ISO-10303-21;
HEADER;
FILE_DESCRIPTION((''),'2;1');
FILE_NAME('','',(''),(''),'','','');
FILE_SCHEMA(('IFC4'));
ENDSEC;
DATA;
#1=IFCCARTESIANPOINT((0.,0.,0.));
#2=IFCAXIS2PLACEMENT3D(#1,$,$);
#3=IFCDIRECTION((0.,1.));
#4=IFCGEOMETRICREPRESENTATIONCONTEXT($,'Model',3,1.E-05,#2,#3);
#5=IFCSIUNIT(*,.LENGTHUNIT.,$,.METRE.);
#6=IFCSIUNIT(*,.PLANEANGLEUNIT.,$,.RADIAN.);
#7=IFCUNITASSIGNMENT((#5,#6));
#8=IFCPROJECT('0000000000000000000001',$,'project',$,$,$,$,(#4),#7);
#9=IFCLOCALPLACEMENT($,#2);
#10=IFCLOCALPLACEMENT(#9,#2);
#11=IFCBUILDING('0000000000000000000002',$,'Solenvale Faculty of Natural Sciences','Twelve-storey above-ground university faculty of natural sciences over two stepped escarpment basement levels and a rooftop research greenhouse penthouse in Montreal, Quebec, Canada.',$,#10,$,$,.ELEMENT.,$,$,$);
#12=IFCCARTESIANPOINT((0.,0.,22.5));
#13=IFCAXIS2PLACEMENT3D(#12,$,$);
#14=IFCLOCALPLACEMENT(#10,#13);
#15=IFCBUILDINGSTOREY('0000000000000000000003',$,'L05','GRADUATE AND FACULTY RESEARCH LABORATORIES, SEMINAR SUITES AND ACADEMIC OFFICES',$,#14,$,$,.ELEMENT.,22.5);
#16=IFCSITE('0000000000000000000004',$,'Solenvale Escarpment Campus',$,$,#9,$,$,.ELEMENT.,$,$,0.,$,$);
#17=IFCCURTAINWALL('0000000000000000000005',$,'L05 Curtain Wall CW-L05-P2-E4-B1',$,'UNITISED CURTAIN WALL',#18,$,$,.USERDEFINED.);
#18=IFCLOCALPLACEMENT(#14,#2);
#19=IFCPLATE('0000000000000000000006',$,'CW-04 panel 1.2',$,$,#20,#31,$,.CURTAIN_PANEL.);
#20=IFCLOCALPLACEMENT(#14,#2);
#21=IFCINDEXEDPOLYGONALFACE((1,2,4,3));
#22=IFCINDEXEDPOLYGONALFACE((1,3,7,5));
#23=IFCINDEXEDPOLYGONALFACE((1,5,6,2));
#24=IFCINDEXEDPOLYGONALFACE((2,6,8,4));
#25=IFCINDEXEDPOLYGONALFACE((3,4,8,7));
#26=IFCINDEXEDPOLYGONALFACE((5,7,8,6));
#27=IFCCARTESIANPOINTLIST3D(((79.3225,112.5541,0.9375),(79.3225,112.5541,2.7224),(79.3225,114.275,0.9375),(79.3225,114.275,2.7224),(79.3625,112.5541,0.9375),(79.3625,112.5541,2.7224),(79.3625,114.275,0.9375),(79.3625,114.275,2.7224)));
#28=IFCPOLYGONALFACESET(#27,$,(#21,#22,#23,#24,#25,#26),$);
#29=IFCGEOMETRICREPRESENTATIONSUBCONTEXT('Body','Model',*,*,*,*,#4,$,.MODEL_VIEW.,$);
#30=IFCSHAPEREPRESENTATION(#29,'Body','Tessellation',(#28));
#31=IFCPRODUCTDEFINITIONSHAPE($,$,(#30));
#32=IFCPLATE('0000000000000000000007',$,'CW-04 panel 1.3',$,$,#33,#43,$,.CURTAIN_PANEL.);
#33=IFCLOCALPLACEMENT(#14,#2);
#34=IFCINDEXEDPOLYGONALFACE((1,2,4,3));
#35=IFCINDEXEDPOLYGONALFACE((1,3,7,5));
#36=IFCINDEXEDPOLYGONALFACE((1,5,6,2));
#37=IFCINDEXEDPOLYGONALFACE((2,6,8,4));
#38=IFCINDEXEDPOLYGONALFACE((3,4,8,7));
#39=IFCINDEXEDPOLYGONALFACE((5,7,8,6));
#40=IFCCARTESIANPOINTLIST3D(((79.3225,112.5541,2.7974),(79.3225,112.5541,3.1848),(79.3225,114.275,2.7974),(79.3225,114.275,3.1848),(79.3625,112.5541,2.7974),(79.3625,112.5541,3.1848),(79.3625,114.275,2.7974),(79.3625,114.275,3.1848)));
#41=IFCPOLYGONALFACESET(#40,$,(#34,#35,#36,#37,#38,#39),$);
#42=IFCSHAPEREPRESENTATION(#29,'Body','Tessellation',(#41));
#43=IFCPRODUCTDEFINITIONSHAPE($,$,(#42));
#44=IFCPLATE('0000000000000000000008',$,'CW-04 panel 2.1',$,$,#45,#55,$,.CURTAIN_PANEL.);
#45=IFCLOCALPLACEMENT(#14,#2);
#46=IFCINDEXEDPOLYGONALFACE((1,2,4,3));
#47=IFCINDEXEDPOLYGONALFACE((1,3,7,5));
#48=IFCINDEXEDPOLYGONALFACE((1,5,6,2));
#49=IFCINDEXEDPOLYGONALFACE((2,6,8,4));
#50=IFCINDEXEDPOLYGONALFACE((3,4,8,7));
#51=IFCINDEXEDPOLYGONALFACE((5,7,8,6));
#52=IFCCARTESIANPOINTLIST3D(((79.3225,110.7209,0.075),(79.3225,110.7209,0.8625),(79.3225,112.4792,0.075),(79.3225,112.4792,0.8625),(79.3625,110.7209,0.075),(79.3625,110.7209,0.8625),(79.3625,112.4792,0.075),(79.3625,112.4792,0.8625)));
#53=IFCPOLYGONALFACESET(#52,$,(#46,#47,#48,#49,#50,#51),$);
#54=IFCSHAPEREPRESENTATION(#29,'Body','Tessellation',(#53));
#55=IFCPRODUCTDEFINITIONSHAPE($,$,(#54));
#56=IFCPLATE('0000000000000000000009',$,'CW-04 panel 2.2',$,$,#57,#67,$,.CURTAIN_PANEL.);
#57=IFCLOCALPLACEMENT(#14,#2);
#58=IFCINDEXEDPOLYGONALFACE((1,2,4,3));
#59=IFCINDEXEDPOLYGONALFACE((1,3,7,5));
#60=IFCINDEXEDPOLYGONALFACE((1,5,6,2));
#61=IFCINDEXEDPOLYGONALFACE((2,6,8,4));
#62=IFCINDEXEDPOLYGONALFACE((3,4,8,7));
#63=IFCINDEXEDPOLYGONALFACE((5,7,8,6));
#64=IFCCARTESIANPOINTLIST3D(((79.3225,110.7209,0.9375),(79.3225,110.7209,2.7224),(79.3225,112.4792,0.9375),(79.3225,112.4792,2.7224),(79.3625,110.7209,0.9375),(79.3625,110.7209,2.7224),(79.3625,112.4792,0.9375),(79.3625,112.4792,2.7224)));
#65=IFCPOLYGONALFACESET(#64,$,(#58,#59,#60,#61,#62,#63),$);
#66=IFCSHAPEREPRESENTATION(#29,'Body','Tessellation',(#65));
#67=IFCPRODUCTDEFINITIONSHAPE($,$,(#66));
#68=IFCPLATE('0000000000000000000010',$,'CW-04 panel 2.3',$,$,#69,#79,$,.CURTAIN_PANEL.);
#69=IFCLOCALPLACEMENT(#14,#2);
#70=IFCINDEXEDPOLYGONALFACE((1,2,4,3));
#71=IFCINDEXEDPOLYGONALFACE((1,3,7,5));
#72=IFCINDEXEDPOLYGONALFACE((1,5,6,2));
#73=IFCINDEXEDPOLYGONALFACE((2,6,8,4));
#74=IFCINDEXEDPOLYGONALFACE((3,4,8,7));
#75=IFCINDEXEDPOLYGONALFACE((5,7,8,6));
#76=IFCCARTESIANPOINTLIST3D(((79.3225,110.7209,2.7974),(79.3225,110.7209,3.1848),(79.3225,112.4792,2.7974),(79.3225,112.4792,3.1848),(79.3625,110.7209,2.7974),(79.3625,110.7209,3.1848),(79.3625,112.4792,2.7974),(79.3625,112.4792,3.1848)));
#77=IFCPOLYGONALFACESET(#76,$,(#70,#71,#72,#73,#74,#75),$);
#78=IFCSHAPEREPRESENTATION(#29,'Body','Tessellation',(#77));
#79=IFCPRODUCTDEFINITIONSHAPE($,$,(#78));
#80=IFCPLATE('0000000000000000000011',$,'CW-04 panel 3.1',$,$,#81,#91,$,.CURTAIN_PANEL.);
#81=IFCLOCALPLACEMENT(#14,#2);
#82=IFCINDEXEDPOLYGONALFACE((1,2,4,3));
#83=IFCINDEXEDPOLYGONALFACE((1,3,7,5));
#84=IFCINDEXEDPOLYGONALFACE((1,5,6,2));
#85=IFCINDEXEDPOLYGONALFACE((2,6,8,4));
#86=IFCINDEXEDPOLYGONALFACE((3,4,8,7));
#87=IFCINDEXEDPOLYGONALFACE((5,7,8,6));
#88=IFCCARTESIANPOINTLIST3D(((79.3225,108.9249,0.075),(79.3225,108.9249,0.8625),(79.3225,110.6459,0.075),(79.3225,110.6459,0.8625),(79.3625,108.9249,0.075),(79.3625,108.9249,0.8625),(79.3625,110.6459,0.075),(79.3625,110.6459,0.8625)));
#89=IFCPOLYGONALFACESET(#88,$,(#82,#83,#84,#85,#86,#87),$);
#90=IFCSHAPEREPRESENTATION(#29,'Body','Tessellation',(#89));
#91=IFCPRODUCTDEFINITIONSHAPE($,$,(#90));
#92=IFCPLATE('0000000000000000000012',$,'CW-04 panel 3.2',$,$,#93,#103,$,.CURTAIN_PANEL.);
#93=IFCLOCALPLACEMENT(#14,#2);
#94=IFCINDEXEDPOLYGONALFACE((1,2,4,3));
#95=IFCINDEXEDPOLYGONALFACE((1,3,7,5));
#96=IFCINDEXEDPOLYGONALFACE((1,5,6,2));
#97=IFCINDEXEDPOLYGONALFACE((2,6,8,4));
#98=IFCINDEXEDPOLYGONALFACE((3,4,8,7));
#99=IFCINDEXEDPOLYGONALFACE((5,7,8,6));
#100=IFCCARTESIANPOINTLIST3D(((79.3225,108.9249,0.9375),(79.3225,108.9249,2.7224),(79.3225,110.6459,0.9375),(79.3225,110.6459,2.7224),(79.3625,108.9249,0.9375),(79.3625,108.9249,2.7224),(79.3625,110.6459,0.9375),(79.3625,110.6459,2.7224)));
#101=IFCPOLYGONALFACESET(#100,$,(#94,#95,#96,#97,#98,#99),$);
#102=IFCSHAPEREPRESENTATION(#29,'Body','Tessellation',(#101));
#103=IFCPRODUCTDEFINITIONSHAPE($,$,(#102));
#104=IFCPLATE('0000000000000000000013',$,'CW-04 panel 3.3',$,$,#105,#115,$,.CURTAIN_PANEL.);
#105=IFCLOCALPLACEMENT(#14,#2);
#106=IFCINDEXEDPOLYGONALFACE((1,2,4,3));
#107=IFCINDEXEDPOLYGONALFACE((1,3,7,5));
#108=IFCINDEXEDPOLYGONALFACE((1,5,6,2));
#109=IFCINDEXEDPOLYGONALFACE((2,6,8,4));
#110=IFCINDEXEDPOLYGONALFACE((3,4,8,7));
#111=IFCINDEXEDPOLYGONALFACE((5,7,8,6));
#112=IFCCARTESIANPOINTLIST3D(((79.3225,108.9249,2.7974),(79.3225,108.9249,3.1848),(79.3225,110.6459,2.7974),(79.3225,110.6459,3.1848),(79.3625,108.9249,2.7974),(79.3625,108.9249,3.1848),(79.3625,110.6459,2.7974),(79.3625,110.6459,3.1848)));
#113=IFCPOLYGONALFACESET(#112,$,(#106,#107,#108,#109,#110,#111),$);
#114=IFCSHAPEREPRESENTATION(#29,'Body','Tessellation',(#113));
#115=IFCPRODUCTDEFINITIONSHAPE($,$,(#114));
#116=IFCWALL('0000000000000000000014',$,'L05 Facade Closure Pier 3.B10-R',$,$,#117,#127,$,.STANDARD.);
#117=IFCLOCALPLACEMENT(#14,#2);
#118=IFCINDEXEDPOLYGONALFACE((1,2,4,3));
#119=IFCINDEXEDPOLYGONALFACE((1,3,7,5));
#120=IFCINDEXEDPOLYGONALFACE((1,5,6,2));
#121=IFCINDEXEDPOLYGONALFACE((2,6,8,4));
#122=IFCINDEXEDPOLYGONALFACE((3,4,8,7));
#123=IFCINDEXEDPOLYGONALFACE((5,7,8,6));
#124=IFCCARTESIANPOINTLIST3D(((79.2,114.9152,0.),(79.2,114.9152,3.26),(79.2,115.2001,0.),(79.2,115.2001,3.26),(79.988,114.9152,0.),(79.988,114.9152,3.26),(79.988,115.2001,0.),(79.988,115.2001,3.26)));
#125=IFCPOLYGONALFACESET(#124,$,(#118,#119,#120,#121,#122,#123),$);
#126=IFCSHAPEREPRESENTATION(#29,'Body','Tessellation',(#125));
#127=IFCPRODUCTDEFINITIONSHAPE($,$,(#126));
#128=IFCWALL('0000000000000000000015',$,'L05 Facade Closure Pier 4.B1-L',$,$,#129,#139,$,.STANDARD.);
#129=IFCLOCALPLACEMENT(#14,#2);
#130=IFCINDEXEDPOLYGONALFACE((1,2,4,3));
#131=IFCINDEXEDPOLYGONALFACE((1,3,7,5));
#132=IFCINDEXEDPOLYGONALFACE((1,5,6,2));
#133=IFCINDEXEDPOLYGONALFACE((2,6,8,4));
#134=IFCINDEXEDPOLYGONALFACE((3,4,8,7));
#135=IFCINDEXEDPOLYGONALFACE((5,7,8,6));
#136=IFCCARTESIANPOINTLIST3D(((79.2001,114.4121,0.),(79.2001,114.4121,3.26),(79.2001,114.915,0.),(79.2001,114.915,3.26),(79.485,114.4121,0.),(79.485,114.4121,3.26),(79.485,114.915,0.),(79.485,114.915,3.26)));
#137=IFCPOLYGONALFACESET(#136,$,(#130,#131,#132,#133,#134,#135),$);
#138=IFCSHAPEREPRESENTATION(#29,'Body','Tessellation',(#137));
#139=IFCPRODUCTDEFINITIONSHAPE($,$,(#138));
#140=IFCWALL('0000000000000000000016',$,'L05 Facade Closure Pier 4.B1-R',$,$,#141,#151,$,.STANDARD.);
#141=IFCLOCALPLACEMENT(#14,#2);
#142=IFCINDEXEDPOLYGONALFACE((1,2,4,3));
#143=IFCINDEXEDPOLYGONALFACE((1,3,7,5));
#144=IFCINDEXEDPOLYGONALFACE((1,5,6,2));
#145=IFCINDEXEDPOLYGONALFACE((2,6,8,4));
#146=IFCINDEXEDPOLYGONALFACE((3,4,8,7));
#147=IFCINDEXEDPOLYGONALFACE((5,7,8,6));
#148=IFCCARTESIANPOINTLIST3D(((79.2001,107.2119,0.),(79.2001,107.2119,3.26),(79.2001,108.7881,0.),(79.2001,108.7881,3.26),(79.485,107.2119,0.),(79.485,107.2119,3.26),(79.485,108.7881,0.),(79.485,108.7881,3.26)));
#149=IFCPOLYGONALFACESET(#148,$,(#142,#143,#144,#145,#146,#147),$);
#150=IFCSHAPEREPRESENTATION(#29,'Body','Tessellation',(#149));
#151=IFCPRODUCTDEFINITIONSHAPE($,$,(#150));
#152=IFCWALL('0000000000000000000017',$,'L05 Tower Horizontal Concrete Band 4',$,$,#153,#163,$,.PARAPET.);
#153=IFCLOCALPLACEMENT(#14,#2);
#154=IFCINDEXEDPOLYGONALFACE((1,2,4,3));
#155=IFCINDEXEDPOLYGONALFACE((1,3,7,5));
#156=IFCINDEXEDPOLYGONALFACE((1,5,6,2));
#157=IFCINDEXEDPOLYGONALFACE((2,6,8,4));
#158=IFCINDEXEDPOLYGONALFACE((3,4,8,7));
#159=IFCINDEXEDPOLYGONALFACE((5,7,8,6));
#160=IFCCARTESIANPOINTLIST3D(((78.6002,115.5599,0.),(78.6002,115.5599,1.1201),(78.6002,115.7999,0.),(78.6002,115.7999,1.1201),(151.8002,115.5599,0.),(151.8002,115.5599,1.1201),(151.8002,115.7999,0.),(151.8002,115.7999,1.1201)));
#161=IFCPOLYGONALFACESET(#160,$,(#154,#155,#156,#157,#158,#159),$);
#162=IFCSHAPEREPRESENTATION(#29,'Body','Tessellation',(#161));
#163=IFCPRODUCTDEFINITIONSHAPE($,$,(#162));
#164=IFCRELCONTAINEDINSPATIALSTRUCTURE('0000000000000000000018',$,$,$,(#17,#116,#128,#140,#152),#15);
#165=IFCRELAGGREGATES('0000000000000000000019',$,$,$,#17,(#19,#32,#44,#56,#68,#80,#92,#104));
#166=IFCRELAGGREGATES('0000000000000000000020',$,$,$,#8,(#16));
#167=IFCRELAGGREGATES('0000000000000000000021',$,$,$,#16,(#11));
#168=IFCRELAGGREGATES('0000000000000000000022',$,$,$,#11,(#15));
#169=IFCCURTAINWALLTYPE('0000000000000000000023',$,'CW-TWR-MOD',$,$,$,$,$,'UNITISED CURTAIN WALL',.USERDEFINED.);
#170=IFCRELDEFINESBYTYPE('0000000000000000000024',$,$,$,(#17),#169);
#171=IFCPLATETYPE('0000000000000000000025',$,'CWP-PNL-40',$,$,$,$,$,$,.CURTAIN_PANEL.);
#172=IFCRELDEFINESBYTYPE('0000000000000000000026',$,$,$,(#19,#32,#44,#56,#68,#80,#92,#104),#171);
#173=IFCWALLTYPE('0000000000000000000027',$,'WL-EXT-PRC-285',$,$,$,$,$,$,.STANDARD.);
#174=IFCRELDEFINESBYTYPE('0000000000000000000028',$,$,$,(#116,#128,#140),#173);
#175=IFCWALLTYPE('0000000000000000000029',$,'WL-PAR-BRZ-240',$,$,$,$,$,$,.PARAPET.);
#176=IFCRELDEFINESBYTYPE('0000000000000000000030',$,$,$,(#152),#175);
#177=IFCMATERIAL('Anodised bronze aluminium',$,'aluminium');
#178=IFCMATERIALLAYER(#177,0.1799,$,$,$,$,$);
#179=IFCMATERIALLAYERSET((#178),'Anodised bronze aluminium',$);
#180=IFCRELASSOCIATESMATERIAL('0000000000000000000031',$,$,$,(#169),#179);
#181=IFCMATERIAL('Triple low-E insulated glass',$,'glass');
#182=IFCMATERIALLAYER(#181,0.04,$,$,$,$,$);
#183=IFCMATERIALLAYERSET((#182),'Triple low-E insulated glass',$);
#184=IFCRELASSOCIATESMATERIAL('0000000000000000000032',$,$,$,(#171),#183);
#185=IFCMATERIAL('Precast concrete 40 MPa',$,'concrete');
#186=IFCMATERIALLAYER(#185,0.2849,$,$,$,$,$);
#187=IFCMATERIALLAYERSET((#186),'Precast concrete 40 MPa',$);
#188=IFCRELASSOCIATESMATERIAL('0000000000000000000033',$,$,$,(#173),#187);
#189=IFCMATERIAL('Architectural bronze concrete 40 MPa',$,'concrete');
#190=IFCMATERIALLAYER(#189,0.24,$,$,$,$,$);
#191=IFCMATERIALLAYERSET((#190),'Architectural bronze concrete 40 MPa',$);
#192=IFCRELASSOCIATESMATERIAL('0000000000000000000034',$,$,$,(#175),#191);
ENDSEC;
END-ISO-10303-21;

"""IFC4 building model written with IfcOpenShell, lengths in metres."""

from ifc_helpers import new_model, si_unit, direction, frame, frame_2d, origin, origin_2d, place, context, subcontext, project, spatial, rectangle, extrude, material, layer, layer_set, type_object, element, aggregate, save


model = new_model("IFC4")

# Units and contexts
model_context = context("Model", 3, precision=1e-05, world=origin(), true_north=direction((0.0, 1.0)))
body_context = subcontext(model_context, "Body", "Model", "MODEL_VIEW")
ifc_project = project(units=[si_unit("LENGTHUNIT", "METRE"), si_unit("PLANEANGLEUNIT", "RADIAN")], contexts=[model_context])

# Site, building, storey
site_placement = place(None, origin())
site = spatial("IfcSite", under=ifc_project, at=site_placement, Name="Solenvale Escarpment Campus", CompositionType="ELEMENT", RefElevation=0.0)
building_placement = place(site_placement, origin())
building = spatial("IfcBuilding", under=site, at=building_placement, Name="Solenvale Faculty of Natural Sciences", Description="Twelve-storey above-ground university faculty of natural sciences over two stepped escarpment basement levels and a rooftop research greenhouse penthouse in Montreal, Quebec, Canada.", CompositionType="ELEMENT")
storey_placement = place(building_placement, frame((0.0, 0.0, 22.5)))
storey = spatial("IfcBuildingStorey", under=building, at=storey_placement, Name="L05", Description="GRADUATE AND FACULTY RESEARCH LABORATORIES, SEMINAR SUITES AND ACADEMIC OFFICES", CompositionType="ELEMENT", Elevation=22.5)

# Shared definitions
ifc_material_1 = material(Name="Precast concrete 40 MPa", Category="concrete")

# Curtain wall, plates
ifc_material_2 = material(Name="Anodised bronze aluminium", Category="aluminium")
ifc_layer_1 = layer(ifc_material_2, 0.1799)
ifc_layer_set_1 = layer_set([ifc_layer_1], Name="Anodised bronze aluminium")
curtain_wall_type = type_object("IfcCurtainWallType", Name="CW-TWR-MOD", ElementType="UNITISED CURTAIN WALL", PredefinedType="USERDEFINED", material=ifc_layer_set_1)
curtain_wall_placement = place(storey_placement, origin())
curtain_wall = element("IfcCurtainWall", 1, at=curtain_wall_placement, inside=storey, type_object=curtain_wall_type, Name="L05 Curtain Wall CW-L05-P2-E4-B1", ObjectType="UNITISED CURTAIN WALL", PredefinedType="USERDEFINED")
ifc_material_3 = material(Name="Triple low-E insulated glass", Category="glass")
ifc_layer_2 = layer(ifc_material_3, 0.04)
ifc_layer_set_2 = layer_set([ifc_layer_2], Name="Triple low-E insulated glass")
plate_type = type_object("IfcPlateType", Name="CWP-PNL-40", PredefinedType="CURTAIN_PANEL", material=ifc_layer_set_2)
plate_1_placement = place(storey_placement, frame((79.3425, 113.4146, 0.9375), z_axis=(0.0, 0.0, 1.0), x_axis=(0.0, -1.0, 0.0)))
plate_1 = element("IfcPlate", 2, at=plate_1_placement, type_object=plate_type, Name="CW-04 panel 1.2", PredefinedType="CURTAIN_PANEL", context=body_context, shape_type="SweptSolid", body=[
    extrude(rectangle(XDim=1.7209, YDim=0.04, at=origin_2d()), origin(), (0.0, 0.0, 1.0), 1.7849),
])
plate_2_placement = place(storey_placement, frame((79.3425, 113.4146, 2.7974), z_axis=(0.0, 0.0, 1.0), x_axis=(0.0, -1.0, 0.0)))
plate_2 = element("IfcPlate", 3, at=plate_2_placement, type_object=plate_type, Name="CW-04 panel 1.3", PredefinedType="CURTAIN_PANEL", context=body_context, shape_type="SweptSolid", body=[
    extrude(rectangle(XDim=1.7209, YDim=0.04, at=origin_2d()), origin(), (0.0, 0.0, 1.0), 0.3875),
])
plate_3_placement = place(storey_placement, frame((79.3425, 111.6001, 0.075), z_axis=(0.0, 0.0, 1.0), x_axis=(0.0, -1.0, 0.0)))
plate_3 = element("IfcPlate", 4, at=plate_3_placement, type_object=plate_type, Name="CW-04 panel 2.1", PredefinedType="CURTAIN_PANEL", context=body_context, shape_type="SweptSolid", body=[
    extrude(rectangle(XDim=1.7583, YDim=0.04, at=origin_2d()), origin(), (0.0, 0.0, 1.0), 0.7876),
])
plate_4_placement = place(storey_placement, frame((79.3425, 111.6001, 0.9375), z_axis=(0.0, 0.0, 1.0), x_axis=(0.0, -1.0, 0.0)))
plate_4 = element("IfcPlate", 5, at=plate_4_placement, type_object=plate_type, Name="CW-04 panel 2.2", PredefinedType="CURTAIN_PANEL", context=body_context, shape_type="SweptSolid", body=[
    extrude(rectangle(XDim=1.7583, YDim=0.04, at=origin_2d()), origin(), (0.0, 0.0, 1.0), 1.7849),
])
plate_5_placement = place(storey_placement, frame((79.3425, 111.6001, 2.7974), z_axis=(0.0, 0.0, 1.0), x_axis=(0.0, -1.0, 0.0)))
plate_5 = element("IfcPlate", 6, at=plate_5_placement, type_object=plate_type, Name="CW-04 panel 2.3", PredefinedType="CURTAIN_PANEL", context=body_context, shape_type="SweptSolid", body=[
    extrude(rectangle(XDim=1.7583, YDim=0.04, at=origin_2d()), origin(), (0.0, 0.0, 1.0), 0.3875),
])
plate_6_placement = place(storey_placement, frame((79.3425, 109.7854, 0.075), z_axis=(0.0, 0.0, 1.0), x_axis=(0.0, -1.0, 0.0)))
plate_6 = element("IfcPlate", 7, at=plate_6_placement, type_object=plate_type, Name="CW-04 panel 3.1", PredefinedType="CURTAIN_PANEL", context=body_context, shape_type="SweptSolid", body=[
    extrude(rectangle(XDim=1.7209, YDim=0.04, at=origin_2d()), origin(), (0.0, 0.0, 1.0), 0.7876),
])
plate_7_placement = place(storey_placement, frame((79.3425, 109.7854, 0.9375), z_axis=(0.0, 0.0, 1.0), x_axis=(0.0, -1.0, 0.0)))
plate_7 = element("IfcPlate", 8, at=plate_7_placement, type_object=plate_type, Name="CW-04 panel 3.2", PredefinedType="CURTAIN_PANEL", context=body_context, shape_type="SweptSolid", body=[
    extrude(rectangle(XDim=1.7209, YDim=0.04, at=origin_2d()), origin(), (0.0, 0.0, 1.0), 1.7849),
])
plate_8_placement = place(storey_placement, frame((79.3425, 109.7854, 2.7974), z_axis=(0.0, 0.0, 1.0), x_axis=(0.0, -1.0, 0.0)))
plate_8 = element("IfcPlate", 9, at=plate_8_placement, type_object=plate_type, Name="CW-04 panel 3.3", PredefinedType="CURTAIN_PANEL", context=body_context, shape_type="SweptSolid", body=[
    extrude(rectangle(XDim=1.7209, YDim=0.04, at=origin_2d()), origin(), (0.0, 0.0, 1.0), 0.3875),
])
aggregate(curtain_wall, [plate_1, plate_2, plate_3, plate_4, plate_5, plate_6, plate_7, plate_8])

# Walls
ifc_layer_3 = layer(ifc_material_1, 0.2849)
ifc_layer_set_3 = layer_set([ifc_layer_3], Name="Precast concrete 40 MPa")
wall_type_1 = type_object("IfcWallType", Name="WL-EXT-PRC-285", PredefinedType="STANDARD", material=ifc_layer_set_3)
wall_1_placement = place(storey_placement, frame((79.988, 115.0576, 0.0), z_axis=(0.0, 0.0, 1.0), x_axis=(-1.0, 0.0, 0.0)))
element("IfcWall", 10, at=wall_1_placement, inside=storey, type_object=wall_type_1, Name="L05 Facade Closure Pier 3.B10-R", PredefinedType="STANDARD", context=body_context, shape_type="SweptSolid", body=[
    extrude(rectangle(XDim=0.7881, YDim=0.2849, at=frame_2d((0.394, 0.0))), origin(), (0.0, 0.0, 1.0), 3.26),
])
wall_2_placement = place(storey_placement, frame((79.3425, 114.915, 0.0), z_axis=(0.0, 0.0, 1.0), x_axis=(0.0, -1.0, 0.0)))
element("IfcWall", 11, at=wall_2_placement, inside=storey, type_object=wall_type_1, Name="L05 Facade Closure Pier 4.B1-L", PredefinedType="STANDARD", context=body_context, shape_type="SweptSolid", body=[
    extrude(rectangle(XDim=0.5029, YDim=0.2849, at=frame_2d((0.2515, 0.0))), origin(), (0.0, 0.0, 1.0), 3.26),
])
wall_3_placement = place(storey_placement, frame((79.3425, 108.7881, 0.0), z_axis=(0.0, 0.0, 1.0), x_axis=(0.0, -1.0, 0.0)))
element("IfcWall", 12, at=wall_3_placement, inside=storey, type_object=wall_type_1, Name="L05 Facade Closure Pier 4.B1-R", PredefinedType="STANDARD", context=body_context, shape_type="SweptSolid", body=[
    extrude(rectangle(XDim=1.5762, YDim=0.2849, at=frame_2d((0.7881, 0.0))), origin(), (0.0, 0.0, 1.0), 3.26),
])
ifc_material_4 = material(Name="Architectural bronze concrete 40 MPa", Category="concrete")
ifc_layer_4 = layer(ifc_material_4, 0.24)
ifc_layer_set_4 = layer_set([ifc_layer_4], Name="Architectural bronze concrete 40 MPa")
wall_type_2 = type_object("IfcWallType", Name="WL-PAR-BRZ-240", PredefinedType="PARAPET", material=ifc_layer_set_4)
wall_4_placement = place(storey_placement, frame((78.6001, 115.6799, 0.0), z_axis=(0.0, 0.0, 1.0), x_axis=(1.0, 0.0, 0.0)))
element("IfcWall", 13, at=wall_4_placement, inside=storey, type_object=wall_type_2, Name="L05 Tower Horizontal Concrete Band 4", PredefinedType="PARAPET", context=body_context, shape_type="SweptSolid", body=[
    extrude(rectangle(XDim=73.2, YDim=0.24, at=frame_2d((36.6001, 0.0))), origin(), (0.0, 0.0, 1.0), 1.1201),
])

save(model, "model.ifc")
